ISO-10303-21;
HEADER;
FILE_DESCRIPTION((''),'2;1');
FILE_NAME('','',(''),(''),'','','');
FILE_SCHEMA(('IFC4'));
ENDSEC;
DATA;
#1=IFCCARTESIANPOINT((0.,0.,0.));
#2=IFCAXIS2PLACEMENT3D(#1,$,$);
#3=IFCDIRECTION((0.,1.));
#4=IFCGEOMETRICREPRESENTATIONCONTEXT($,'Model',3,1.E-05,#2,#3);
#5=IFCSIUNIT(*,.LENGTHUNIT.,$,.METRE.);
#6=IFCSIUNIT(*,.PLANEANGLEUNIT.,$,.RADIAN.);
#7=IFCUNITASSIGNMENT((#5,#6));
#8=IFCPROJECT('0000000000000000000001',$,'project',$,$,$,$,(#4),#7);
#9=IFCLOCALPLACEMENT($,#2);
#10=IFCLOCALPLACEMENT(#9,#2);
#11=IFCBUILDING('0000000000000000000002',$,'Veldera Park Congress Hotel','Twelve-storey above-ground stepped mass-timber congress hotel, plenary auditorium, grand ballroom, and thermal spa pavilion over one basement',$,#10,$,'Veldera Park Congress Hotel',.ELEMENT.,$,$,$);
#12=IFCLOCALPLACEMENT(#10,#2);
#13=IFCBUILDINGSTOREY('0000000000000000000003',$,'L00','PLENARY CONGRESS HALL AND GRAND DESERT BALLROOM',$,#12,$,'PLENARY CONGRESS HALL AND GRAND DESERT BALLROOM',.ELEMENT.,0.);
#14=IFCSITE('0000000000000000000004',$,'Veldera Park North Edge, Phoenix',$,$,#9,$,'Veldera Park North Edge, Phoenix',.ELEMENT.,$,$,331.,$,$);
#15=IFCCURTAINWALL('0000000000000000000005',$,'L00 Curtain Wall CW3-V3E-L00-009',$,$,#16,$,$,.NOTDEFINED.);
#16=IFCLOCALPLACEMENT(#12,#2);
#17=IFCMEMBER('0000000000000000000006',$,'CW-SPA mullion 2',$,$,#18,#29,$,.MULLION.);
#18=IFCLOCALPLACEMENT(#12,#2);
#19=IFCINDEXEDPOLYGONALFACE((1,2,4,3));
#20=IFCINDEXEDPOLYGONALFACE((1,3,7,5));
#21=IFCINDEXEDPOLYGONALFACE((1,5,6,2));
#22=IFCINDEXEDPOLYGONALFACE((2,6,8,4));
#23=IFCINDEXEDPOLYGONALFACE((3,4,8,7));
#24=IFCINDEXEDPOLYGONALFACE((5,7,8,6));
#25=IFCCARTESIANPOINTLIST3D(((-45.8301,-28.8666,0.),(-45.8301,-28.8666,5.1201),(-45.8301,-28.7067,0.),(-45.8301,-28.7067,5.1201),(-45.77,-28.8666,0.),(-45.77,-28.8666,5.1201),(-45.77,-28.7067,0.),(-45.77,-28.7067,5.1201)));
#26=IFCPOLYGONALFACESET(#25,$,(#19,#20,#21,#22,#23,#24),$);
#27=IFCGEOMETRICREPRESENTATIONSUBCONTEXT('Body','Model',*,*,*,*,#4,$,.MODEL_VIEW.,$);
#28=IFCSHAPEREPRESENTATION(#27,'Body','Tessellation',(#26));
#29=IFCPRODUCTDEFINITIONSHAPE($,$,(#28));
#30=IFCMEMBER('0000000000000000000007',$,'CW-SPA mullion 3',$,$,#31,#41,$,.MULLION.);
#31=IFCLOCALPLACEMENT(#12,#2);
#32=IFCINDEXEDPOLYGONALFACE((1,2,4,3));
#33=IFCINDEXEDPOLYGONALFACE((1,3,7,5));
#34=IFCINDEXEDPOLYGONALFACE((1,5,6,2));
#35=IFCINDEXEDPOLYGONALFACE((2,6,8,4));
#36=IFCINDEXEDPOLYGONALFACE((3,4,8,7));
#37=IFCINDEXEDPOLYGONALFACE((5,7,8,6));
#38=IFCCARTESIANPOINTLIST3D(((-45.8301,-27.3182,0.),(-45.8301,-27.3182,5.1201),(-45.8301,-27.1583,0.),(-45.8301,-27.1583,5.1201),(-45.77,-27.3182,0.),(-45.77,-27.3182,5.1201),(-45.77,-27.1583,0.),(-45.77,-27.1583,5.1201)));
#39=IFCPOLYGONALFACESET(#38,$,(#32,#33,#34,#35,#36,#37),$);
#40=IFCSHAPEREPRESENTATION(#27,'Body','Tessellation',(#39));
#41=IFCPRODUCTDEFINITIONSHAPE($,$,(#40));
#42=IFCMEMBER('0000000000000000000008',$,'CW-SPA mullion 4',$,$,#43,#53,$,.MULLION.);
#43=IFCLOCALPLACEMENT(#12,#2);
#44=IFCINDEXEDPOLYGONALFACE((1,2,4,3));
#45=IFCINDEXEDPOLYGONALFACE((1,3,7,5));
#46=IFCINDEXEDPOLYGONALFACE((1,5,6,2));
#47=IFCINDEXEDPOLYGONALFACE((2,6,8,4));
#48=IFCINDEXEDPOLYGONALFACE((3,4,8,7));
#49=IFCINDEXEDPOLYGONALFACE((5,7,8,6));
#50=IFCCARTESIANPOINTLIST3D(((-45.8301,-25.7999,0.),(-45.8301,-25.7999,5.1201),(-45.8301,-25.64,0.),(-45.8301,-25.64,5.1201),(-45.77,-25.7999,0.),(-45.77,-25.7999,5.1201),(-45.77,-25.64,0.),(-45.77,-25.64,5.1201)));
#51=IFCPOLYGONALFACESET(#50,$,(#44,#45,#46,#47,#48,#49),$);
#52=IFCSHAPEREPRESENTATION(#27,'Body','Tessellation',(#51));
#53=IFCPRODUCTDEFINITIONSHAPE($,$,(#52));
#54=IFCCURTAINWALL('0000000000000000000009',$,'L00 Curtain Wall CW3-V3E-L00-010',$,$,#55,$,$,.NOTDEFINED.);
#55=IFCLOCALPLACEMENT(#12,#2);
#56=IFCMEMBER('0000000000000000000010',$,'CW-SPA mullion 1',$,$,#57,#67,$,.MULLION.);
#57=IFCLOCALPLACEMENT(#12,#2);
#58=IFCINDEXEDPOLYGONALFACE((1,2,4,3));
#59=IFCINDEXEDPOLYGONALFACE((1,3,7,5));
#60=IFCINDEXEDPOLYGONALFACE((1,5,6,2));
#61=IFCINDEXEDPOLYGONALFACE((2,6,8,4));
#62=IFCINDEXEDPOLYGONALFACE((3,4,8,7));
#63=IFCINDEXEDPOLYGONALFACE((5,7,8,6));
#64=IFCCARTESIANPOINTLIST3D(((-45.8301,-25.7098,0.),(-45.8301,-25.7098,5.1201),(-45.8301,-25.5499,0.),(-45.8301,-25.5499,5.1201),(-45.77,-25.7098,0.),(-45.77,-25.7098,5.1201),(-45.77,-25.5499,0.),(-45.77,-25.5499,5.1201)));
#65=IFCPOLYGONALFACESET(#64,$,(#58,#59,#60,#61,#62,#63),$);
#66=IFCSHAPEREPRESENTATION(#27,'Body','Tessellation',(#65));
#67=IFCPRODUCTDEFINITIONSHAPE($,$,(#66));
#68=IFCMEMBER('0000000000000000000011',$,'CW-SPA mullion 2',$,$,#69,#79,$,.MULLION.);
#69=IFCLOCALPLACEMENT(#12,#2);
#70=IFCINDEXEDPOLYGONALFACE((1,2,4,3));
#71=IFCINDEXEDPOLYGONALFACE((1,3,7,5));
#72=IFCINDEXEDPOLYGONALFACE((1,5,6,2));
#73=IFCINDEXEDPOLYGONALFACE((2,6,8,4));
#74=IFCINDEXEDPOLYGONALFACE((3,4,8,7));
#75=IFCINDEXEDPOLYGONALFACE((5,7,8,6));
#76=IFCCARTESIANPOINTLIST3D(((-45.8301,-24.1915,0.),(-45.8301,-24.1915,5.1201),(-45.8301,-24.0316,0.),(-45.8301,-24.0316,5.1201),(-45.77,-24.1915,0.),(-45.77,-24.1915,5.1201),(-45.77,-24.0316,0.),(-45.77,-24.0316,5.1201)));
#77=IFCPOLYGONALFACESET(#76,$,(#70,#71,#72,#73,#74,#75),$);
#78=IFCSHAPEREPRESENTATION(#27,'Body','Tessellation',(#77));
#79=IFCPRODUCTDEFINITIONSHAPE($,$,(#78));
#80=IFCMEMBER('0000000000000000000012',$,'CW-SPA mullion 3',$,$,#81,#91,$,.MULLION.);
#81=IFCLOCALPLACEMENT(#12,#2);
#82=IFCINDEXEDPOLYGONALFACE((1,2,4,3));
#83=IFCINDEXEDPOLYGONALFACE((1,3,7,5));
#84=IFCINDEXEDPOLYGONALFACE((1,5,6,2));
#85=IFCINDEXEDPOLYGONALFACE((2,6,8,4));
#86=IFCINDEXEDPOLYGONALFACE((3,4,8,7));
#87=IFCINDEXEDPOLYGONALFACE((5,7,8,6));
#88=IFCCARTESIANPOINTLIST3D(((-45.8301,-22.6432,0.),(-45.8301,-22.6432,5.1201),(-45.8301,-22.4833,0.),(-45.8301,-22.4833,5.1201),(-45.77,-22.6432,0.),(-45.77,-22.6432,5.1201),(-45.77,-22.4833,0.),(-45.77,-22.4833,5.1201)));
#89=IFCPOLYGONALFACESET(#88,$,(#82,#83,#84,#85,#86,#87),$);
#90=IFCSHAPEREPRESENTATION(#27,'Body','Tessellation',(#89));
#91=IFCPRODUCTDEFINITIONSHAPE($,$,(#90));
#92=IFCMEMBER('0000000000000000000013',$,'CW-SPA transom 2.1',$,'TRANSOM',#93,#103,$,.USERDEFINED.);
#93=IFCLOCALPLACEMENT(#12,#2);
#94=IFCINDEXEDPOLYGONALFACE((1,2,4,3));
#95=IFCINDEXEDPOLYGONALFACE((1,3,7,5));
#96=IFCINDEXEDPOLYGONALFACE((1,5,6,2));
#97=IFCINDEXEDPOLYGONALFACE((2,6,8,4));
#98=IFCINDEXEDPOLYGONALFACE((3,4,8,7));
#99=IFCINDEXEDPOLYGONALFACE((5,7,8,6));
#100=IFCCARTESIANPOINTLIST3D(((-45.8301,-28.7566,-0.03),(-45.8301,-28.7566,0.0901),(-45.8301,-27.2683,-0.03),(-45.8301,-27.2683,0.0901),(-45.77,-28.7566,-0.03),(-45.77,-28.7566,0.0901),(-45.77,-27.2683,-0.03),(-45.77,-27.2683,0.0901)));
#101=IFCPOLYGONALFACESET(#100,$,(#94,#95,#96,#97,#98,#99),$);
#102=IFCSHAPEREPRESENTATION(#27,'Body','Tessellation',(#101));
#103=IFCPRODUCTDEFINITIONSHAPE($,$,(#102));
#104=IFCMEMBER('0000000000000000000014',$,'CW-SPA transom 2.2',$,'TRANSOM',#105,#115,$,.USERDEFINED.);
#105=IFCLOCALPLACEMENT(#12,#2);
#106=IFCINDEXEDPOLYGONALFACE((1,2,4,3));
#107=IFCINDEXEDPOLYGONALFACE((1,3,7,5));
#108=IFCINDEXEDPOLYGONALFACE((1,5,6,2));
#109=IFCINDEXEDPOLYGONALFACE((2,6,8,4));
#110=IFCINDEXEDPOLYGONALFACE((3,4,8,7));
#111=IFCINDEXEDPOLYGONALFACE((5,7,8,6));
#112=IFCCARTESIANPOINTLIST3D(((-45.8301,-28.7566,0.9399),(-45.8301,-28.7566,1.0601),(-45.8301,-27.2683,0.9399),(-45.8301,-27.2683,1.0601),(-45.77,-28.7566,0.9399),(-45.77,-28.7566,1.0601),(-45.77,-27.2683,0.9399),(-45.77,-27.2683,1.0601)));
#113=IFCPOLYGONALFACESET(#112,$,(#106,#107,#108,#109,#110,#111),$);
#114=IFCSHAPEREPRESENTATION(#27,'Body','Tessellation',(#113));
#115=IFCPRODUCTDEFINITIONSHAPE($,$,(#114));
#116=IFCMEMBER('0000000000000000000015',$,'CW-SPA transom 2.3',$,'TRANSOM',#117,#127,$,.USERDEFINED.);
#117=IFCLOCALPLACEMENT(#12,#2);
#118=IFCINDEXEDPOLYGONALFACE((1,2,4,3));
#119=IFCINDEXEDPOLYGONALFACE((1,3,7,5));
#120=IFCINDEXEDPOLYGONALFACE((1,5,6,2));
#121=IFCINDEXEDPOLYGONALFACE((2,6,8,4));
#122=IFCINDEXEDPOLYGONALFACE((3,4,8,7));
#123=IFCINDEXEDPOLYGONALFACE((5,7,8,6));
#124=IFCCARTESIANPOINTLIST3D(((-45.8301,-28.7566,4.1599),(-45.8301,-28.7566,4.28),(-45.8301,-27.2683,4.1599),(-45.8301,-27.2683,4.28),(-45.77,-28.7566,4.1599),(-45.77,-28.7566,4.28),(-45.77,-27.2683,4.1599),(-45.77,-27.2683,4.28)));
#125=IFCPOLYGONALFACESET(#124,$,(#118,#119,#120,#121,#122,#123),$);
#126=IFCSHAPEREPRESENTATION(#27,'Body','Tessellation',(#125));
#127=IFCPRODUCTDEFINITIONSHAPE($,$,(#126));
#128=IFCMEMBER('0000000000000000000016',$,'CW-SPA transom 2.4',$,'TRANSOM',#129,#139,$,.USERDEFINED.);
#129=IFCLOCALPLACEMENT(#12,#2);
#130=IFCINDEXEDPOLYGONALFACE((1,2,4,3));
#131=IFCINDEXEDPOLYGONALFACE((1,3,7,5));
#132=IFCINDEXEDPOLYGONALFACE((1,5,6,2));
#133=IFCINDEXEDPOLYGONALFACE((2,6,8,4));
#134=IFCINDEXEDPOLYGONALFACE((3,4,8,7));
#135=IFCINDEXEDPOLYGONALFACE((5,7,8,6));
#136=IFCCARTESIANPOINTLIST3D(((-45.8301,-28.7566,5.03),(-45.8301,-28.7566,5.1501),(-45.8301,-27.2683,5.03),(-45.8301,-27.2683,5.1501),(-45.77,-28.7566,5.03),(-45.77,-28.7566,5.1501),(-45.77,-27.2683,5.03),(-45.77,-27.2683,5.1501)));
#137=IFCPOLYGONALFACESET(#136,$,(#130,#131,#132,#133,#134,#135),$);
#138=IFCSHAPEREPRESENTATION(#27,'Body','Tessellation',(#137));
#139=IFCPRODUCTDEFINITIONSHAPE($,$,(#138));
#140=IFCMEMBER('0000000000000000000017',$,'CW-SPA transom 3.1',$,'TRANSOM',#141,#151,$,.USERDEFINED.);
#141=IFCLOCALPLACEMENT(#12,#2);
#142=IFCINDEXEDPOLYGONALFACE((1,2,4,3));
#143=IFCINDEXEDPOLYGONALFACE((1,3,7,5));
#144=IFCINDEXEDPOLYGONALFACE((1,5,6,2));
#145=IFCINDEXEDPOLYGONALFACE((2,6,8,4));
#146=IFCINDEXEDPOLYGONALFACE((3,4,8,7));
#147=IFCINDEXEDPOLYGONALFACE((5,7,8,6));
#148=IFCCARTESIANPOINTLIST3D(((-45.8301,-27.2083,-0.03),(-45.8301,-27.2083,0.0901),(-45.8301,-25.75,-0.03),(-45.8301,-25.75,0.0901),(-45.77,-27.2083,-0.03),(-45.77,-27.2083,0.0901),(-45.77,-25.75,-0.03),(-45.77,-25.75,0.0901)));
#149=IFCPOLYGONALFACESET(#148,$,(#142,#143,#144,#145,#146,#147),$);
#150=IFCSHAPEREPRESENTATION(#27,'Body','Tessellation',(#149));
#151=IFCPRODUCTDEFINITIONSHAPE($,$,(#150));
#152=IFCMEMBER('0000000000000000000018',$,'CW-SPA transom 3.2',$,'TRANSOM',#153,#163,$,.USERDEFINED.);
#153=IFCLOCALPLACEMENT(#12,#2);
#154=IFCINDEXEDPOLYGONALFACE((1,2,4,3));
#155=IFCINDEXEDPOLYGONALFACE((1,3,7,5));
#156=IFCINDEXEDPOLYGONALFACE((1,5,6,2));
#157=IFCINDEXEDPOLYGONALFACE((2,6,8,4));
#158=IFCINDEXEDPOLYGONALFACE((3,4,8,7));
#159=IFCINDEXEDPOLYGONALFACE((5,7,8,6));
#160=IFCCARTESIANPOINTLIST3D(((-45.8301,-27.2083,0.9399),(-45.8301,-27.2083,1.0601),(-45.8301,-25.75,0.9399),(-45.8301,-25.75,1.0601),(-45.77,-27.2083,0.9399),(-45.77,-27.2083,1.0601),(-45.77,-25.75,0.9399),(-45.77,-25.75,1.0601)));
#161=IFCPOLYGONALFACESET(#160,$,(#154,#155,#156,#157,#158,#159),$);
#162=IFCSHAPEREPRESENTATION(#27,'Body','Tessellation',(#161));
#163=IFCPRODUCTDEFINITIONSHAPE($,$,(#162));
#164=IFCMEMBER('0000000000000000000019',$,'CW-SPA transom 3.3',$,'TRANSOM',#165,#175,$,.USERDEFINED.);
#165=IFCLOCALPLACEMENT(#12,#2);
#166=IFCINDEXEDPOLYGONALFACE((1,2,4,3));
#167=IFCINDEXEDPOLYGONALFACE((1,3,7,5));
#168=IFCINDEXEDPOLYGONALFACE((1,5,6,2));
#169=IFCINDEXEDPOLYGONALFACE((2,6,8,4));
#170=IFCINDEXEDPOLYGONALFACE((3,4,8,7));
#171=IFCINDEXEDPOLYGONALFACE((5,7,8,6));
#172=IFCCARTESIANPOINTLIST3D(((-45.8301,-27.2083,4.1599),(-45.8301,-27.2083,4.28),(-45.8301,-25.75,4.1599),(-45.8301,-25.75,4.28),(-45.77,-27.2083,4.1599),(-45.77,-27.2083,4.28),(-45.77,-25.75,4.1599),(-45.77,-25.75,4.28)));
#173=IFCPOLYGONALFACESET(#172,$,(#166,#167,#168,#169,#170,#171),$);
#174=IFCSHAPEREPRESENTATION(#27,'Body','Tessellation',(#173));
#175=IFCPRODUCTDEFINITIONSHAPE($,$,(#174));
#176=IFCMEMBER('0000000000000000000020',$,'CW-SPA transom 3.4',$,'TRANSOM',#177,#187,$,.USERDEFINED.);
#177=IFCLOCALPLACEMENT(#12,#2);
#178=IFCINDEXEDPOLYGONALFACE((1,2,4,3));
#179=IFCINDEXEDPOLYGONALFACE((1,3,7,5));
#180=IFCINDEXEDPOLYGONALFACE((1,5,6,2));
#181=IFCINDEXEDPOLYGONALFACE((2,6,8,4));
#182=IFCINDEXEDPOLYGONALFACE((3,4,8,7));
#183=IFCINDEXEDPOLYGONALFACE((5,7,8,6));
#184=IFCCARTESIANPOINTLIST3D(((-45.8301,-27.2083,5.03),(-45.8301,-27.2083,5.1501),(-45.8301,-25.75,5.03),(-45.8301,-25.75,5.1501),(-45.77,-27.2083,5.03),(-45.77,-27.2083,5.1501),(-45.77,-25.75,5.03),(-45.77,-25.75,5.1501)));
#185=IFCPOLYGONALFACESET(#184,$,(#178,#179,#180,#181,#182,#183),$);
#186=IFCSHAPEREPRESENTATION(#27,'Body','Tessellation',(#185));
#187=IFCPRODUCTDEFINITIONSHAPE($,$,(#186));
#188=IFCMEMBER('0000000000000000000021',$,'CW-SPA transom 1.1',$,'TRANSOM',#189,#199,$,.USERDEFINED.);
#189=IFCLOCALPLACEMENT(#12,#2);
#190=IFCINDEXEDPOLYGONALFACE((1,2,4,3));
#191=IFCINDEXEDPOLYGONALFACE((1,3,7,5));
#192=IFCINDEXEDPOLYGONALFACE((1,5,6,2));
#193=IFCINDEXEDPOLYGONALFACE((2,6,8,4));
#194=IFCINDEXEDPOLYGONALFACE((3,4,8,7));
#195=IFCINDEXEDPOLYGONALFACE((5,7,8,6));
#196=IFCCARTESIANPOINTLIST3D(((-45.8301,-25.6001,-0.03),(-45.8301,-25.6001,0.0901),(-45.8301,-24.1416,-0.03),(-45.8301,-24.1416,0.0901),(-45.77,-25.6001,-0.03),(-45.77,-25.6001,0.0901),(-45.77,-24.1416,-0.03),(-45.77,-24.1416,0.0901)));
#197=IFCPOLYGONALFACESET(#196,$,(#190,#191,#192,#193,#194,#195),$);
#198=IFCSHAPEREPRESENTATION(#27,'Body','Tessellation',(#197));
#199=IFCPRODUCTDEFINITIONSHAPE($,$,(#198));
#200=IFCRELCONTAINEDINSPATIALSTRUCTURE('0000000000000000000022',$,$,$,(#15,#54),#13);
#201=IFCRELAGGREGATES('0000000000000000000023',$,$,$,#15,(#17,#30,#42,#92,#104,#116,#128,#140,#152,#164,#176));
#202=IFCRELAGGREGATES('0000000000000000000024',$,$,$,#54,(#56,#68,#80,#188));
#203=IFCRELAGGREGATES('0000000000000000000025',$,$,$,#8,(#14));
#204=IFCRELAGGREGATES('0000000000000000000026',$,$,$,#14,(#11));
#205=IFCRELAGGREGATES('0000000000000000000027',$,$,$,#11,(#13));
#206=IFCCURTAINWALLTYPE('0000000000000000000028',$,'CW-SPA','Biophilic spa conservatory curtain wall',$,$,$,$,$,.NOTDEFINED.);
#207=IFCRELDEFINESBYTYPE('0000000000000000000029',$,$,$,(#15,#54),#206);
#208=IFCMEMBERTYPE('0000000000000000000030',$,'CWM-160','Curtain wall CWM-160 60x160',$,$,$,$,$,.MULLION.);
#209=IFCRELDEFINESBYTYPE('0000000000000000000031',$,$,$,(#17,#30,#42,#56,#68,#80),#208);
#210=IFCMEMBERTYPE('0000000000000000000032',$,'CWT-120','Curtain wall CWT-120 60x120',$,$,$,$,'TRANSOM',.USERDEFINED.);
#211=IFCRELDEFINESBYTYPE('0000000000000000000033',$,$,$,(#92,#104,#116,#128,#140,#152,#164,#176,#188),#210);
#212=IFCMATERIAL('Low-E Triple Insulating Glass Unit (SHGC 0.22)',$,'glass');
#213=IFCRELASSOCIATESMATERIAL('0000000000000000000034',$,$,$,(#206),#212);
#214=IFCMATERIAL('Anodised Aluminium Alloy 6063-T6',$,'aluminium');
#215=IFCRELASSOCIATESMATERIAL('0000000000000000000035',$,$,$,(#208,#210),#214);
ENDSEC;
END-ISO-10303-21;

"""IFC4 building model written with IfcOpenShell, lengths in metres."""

from ifc_helpers import new_model, si_unit, direction, frame, origin, origin_2d, place, context, subcontext, project, spatial, rectangle, extrude, material, material_profile, profile_set, type_object, element, aggregate, save


model = new_model("IFC4")

# Units and contexts
model_context = context("Model", 3, precision=1e-05, world=origin(), true_north=direction((0.0, 1.0)))
body_context = subcontext(model_context, "Body", "Model", "MODEL_VIEW")
ifc_project = project(units=[si_unit("LENGTHUNIT", "METRE"), si_unit("PLANEANGLEUNIT", "RADIAN")], contexts=[model_context])

# Site, building, storey
site_placement = place(None, origin())
site = spatial("IfcSite", under=ifc_project, at=site_placement, Name="Veldera Park North Edge, Phoenix", LongName="Veldera Park North Edge, Phoenix", CompositionType="ELEMENT", RefElevation=331.0)
building_placement = place(site_placement, origin())
building = spatial("IfcBuilding", under=site, at=building_placement, Name="Veldera Park Congress Hotel", Description="Twelve-storey above-ground stepped mass-timber congress hotel, plenary auditorium, grand ballroom, and thermal spa pavilion over one basement", LongName="Veldera Park Congress Hotel", CompositionType="ELEMENT")
storey_placement = place(building_placement, origin())
storey = spatial("IfcBuildingStorey", under=building, at=storey_placement, Name="L00", Description="PLENARY CONGRESS HALL AND GRAND DESERT BALLROOM", LongName="PLENARY CONGRESS HALL AND GRAND DESERT BALLROOM", CompositionType="ELEMENT", Elevation=0.0)

# Curtain walls, members
ifc_material_1 = material(Name="Low-E Triple Insulating Glass Unit (SHGC 0.22)", Category="glass")
curtain_wall_type = type_object("IfcCurtainWallType", Name="CW-SPA", Description="Biophilic spa conservatory curtain wall", PredefinedType="NOTDEFINED", material=ifc_material_1)
curtain_wall_1_placement = place(storey_placement, origin())
curtain_wall_1 = element("IfcCurtainWall", 1, at=curtain_wall_1_placement, inside=storey, type_object=curtain_wall_type, Name="L00 Curtain Wall CW3-V3E-L00-009", PredefinedType="NOTDEFINED")
ifc_material_2 = material(Name="Anodised Aluminium Alloy 6063-T6", Category="aluminium")
ifc_material_profile_1 = material_profile(ifc_material_2, rectangle(XDim=0.0601, YDim=0.1599, at=origin_2d()), Name="ALU 60x160")
ifc_profile_set_1 = profile_set([ifc_material_profile_1], Name="Anodised Aluminium Alloy 6063-T6")
member_type_1 = type_object("IfcMemberType", Name="CWM-160", Description="Curtain wall CWM-160 60x160", PredefinedType="MULLION", material=ifc_profile_set_1)
member_1_placement = place(storey_placement, frame((-45.8, -28.7866, 0.0), z_axis=(0.0, 0.0, 1.0), x_axis=(-1.0, 0.0, 0.0)))
member_1 = element("IfcMember", 2, at=member_1_placement, type_object=member_type_1, Name="CW-SPA mullion 2", PredefinedType="MULLION", context=body_context, shape_type="SweptSolid", body=[
    extrude(rectangle(XDim=0.0601, YDim=0.1599, at=origin_2d()), origin(), (0.0, 0.0, 1.0), 5.1201),
])
member_2_placement = place(storey_placement, frame((-45.8, -27.2383, 0.0), z_axis=(0.0, 0.0, 1.0), x_axis=(-1.0, 0.0, 0.0)))
member_2 = element("IfcMember", 3, at=member_2_placement, type_object=member_type_1, Name="CW-SPA mullion 3", PredefinedType="MULLION", context=body_context, shape_type="SweptSolid", body=[
    extrude(rectangle(XDim=0.0601, YDim=0.1599, at=origin_2d()), origin(), (0.0, 0.0, 1.0), 5.1201),
])
member_3_placement = place(storey_placement, frame((-45.8, -25.72, 0.0), z_axis=(0.0, 0.0, 1.0), x_axis=(-1.0, 0.0, 0.0)))
member_3 = element("IfcMember", 4, at=member_3_placement, type_object=member_type_1, Name="CW-SPA mullion 4", PredefinedType="MULLION", context=body_context, shape_type="SweptSolid", body=[
    extrude(rectangle(XDim=0.0601, YDim=0.1599, at=origin_2d()), origin(), (0.0, 0.0, 1.0), 5.1201),
])
curtain_wall_2_placement = place(storey_placement, origin())
curtain_wall_2 = element("IfcCurtainWall", 5, at=curtain_wall_2_placement, inside=storey, type_object=curtain_wall_type, Name="L00 Curtain Wall CW3-V3E-L00-010", PredefinedType="NOTDEFINED")
member_4_placement = place(storey_placement, frame((-45.8, -25.6299, 0.0), z_axis=(0.0, 0.0, 1.0), x_axis=(-1.0, 0.0, 0.0)))
member_4 = element("IfcMember", 6, at=member_4_placement, type_object=member_type_1, Name="CW-SPA mullion 1", PredefinedType="MULLION", context=body_context, shape_type="SweptSolid", body=[
    extrude(rectangle(XDim=0.0601, YDim=0.1599, at=origin_2d()), origin(), (0.0, 0.0, 1.0), 5.1201),
])
member_5_placement = place(storey_placement, frame((-45.8, -24.1116, 0.0), z_axis=(0.0, 0.0, 1.0), x_axis=(-1.0, 0.0, 0.0)))
member_5 = element("IfcMember", 7, at=member_5_placement, type_object=member_type_1, Name="CW-SPA mullion 2", PredefinedType="MULLION", context=body_context, shape_type="SweptSolid", body=[
    extrude(rectangle(XDim=0.0601, YDim=0.1599, at=origin_2d()), origin(), (0.0, 0.0, 1.0), 5.1201),
])
member_6_placement = place(storey_placement, frame((-45.8, -22.5632, 0.0), z_axis=(0.0, 0.0, 1.0), x_axis=(-1.0, 0.0, 0.0)))
member_6 = element("IfcMember", 8, at=member_6_placement, type_object=member_type_1, Name="CW-SPA mullion 3", PredefinedType="MULLION", context=body_context, shape_type="SweptSolid", body=[
    extrude(rectangle(XDim=0.0601, YDim=0.1599, at=origin_2d()), origin(), (0.0, 0.0, 1.0), 5.1201),
])

# Members
ifc_material_profile_2 = material_profile(ifc_material_2, rectangle(XDim=0.0601, YDim=0.1201, at=origin_2d()), Name="ALU 60x120")
ifc_profile_set_2 = profile_set([ifc_material_profile_2], Name="Anodised Aluminium Alloy 6063-T6")
member_type_2 = type_object("IfcMemberType", Name="CWT-120", Description="Curtain wall CWT-120 60x120", ElementType="TRANSOM", PredefinedType="USERDEFINED", material=ifc_profile_set_2)
member_7_placement = place(storey_placement, frame((-45.8, -28.7566, 0.03), z_axis=(0.0, 1.0, 0.0), x_axis=(-1.0, 0.0, 0.0)))
member_7 = element("IfcMember", 9, at=member_7_placement, type_object=member_type_2, Name="CW-SPA transom 2.1", ObjectType="TRANSOM", PredefinedType="USERDEFINED", context=body_context, shape_type="SweptSolid", body=[
    extrude(rectangle(XDim=0.0601, YDim=0.1201, at=origin_2d()), origin(), (0.0, 0.0, 1.0), 1.4883),
])
member_8_placement = place(storey_placement, frame((-45.8, -28.7566, 1.0), z_axis=(0.0, 1.0, 0.0), x_axis=(-1.0, 0.0, 0.0)))
member_8 = element("IfcMember", 10, at=member_8_placement, type_object=member_type_2, Name="CW-SPA transom 2.2", ObjectType="TRANSOM", PredefinedType="USERDEFINED", context=body_context, shape_type="SweptSolid", body=[
    extrude(rectangle(XDim=0.0601, YDim=0.1201, at=origin_2d()), origin(), (0.0, 0.0, 1.0), 1.4883),
])
member_9_placement = place(storey_placement, frame((-45.8, -28.7566, 4.22), z_axis=(0.0, 1.0, 0.0), x_axis=(-1.0, 0.0, 0.0)))
member_9 = element("IfcMember", 11, at=member_9_placement, type_object=member_type_2, Name="CW-SPA transom 2.3", ObjectType="TRANSOM", PredefinedType="USERDEFINED", context=body_context, shape_type="SweptSolid", body=[
    extrude(rectangle(XDim=0.0601, YDim=0.1201, at=origin_2d()), origin(), (0.0, 0.0, 1.0), 1.4883),
])
member_10_placement = place(storey_placement, frame((-45.8, -28.7566, 5.0901), z_axis=(0.0, 1.0, 0.0), x_axis=(-1.0, 0.0, 0.0)))
member_10 = element("IfcMember", 12, at=member_10_placement, type_object=member_type_2, Name="CW-SPA transom 2.4", ObjectType="TRANSOM", PredefinedType="USERDEFINED", context=body_context, shape_type="SweptSolid", body=[
    extrude(rectangle(XDim=0.0601, YDim=0.1201, at=origin_2d()), origin(), (0.0, 0.0, 1.0), 1.4883),
])
member_11_placement = place(storey_placement, frame((-45.8, -27.2083, 0.03), z_axis=(0.0, 1.0, 0.0), x_axis=(-1.0, 0.0, 0.0)))
member_11 = element("IfcMember", 13, at=member_11_placement, type_object=member_type_2, Name="CW-SPA transom 3.1", ObjectType="TRANSOM", PredefinedType="USERDEFINED", context=body_context, shape_type="SweptSolid", body=[
    extrude(rectangle(XDim=0.0601, YDim=0.1201, at=origin_2d()), origin(), (0.0, 0.0, 1.0), 1.4583),
])
member_12_placement = place(storey_placement, frame((-45.8, -27.2083, 1.0), z_axis=(0.0, 1.0, 0.0), x_axis=(-1.0, 0.0, 0.0)))
member_12 = element("IfcMember", 14, at=member_12_placement, type_object=member_type_2, Name="CW-SPA transom 3.2", ObjectType="TRANSOM", PredefinedType="USERDEFINED", context=body_context, shape_type="SweptSolid", body=[
    extrude(rectangle(XDim=0.0601, YDim=0.1201, at=origin_2d()), origin(), (0.0, 0.0, 1.0), 1.4583),
])
member_13_placement = place(storey_placement, frame((-45.8, -27.2083, 4.22), z_axis=(0.0, 1.0, 0.0), x_axis=(-1.0, 0.0, 0.0)))
member_13 = element("IfcMember", 15, at=member_13_placement, type_object=member_type_2, Name="CW-SPA transom 3.3", ObjectType="TRANSOM", PredefinedType="USERDEFINED", context=body_context, shape_type="SweptSolid", body=[
    extrude(rectangle(XDim=0.0601, YDim=0.1201, at=origin_2d()), origin(), (0.0, 0.0, 1.0), 1.4583),
])
member_14_placement = place(storey_placement, frame((-45.8, -27.2083, 5.0901), z_axis=(0.0, 1.0, 0.0), x_axis=(-1.0, 0.0, 0.0)))
member_14 = element("IfcMember", 16, at=member_14_placement, type_object=member_type_2, Name="CW-SPA transom 3.4", ObjectType="TRANSOM", PredefinedType="USERDEFINED", context=body_context, shape_type="SweptSolid", body=[
    extrude(rectangle(XDim=0.0601, YDim=0.1201, at=origin_2d()), origin(), (0.0, 0.0, 1.0), 1.4583),
])
member_15_placement = place(storey_placement, frame((-45.8, -25.6001, 0.03), z_axis=(0.0, 1.0, 0.0), x_axis=(-1.0, 0.0, 0.0)))
member_15 = element("IfcMember", 17, at=member_15_placement, type_object=member_type_2, Name="CW-SPA transom 1.1", ObjectType="TRANSOM", PredefinedType="USERDEFINED", context=body_context, shape_type="SweptSolid", body=[
    extrude(rectangle(XDim=0.0601, YDim=0.1201, at=origin_2d()), origin(), (0.0, 0.0, 1.0), 1.4585),
])

aggregate(curtain_wall_1, [member_1, member_2, member_3, member_7, member_8, member_9, member_10, member_11, member_12, member_13, member_14])
aggregate(curtain_wall_2, [member_4, member_5, member_6, member_15])

save(model, "model.ifc")
